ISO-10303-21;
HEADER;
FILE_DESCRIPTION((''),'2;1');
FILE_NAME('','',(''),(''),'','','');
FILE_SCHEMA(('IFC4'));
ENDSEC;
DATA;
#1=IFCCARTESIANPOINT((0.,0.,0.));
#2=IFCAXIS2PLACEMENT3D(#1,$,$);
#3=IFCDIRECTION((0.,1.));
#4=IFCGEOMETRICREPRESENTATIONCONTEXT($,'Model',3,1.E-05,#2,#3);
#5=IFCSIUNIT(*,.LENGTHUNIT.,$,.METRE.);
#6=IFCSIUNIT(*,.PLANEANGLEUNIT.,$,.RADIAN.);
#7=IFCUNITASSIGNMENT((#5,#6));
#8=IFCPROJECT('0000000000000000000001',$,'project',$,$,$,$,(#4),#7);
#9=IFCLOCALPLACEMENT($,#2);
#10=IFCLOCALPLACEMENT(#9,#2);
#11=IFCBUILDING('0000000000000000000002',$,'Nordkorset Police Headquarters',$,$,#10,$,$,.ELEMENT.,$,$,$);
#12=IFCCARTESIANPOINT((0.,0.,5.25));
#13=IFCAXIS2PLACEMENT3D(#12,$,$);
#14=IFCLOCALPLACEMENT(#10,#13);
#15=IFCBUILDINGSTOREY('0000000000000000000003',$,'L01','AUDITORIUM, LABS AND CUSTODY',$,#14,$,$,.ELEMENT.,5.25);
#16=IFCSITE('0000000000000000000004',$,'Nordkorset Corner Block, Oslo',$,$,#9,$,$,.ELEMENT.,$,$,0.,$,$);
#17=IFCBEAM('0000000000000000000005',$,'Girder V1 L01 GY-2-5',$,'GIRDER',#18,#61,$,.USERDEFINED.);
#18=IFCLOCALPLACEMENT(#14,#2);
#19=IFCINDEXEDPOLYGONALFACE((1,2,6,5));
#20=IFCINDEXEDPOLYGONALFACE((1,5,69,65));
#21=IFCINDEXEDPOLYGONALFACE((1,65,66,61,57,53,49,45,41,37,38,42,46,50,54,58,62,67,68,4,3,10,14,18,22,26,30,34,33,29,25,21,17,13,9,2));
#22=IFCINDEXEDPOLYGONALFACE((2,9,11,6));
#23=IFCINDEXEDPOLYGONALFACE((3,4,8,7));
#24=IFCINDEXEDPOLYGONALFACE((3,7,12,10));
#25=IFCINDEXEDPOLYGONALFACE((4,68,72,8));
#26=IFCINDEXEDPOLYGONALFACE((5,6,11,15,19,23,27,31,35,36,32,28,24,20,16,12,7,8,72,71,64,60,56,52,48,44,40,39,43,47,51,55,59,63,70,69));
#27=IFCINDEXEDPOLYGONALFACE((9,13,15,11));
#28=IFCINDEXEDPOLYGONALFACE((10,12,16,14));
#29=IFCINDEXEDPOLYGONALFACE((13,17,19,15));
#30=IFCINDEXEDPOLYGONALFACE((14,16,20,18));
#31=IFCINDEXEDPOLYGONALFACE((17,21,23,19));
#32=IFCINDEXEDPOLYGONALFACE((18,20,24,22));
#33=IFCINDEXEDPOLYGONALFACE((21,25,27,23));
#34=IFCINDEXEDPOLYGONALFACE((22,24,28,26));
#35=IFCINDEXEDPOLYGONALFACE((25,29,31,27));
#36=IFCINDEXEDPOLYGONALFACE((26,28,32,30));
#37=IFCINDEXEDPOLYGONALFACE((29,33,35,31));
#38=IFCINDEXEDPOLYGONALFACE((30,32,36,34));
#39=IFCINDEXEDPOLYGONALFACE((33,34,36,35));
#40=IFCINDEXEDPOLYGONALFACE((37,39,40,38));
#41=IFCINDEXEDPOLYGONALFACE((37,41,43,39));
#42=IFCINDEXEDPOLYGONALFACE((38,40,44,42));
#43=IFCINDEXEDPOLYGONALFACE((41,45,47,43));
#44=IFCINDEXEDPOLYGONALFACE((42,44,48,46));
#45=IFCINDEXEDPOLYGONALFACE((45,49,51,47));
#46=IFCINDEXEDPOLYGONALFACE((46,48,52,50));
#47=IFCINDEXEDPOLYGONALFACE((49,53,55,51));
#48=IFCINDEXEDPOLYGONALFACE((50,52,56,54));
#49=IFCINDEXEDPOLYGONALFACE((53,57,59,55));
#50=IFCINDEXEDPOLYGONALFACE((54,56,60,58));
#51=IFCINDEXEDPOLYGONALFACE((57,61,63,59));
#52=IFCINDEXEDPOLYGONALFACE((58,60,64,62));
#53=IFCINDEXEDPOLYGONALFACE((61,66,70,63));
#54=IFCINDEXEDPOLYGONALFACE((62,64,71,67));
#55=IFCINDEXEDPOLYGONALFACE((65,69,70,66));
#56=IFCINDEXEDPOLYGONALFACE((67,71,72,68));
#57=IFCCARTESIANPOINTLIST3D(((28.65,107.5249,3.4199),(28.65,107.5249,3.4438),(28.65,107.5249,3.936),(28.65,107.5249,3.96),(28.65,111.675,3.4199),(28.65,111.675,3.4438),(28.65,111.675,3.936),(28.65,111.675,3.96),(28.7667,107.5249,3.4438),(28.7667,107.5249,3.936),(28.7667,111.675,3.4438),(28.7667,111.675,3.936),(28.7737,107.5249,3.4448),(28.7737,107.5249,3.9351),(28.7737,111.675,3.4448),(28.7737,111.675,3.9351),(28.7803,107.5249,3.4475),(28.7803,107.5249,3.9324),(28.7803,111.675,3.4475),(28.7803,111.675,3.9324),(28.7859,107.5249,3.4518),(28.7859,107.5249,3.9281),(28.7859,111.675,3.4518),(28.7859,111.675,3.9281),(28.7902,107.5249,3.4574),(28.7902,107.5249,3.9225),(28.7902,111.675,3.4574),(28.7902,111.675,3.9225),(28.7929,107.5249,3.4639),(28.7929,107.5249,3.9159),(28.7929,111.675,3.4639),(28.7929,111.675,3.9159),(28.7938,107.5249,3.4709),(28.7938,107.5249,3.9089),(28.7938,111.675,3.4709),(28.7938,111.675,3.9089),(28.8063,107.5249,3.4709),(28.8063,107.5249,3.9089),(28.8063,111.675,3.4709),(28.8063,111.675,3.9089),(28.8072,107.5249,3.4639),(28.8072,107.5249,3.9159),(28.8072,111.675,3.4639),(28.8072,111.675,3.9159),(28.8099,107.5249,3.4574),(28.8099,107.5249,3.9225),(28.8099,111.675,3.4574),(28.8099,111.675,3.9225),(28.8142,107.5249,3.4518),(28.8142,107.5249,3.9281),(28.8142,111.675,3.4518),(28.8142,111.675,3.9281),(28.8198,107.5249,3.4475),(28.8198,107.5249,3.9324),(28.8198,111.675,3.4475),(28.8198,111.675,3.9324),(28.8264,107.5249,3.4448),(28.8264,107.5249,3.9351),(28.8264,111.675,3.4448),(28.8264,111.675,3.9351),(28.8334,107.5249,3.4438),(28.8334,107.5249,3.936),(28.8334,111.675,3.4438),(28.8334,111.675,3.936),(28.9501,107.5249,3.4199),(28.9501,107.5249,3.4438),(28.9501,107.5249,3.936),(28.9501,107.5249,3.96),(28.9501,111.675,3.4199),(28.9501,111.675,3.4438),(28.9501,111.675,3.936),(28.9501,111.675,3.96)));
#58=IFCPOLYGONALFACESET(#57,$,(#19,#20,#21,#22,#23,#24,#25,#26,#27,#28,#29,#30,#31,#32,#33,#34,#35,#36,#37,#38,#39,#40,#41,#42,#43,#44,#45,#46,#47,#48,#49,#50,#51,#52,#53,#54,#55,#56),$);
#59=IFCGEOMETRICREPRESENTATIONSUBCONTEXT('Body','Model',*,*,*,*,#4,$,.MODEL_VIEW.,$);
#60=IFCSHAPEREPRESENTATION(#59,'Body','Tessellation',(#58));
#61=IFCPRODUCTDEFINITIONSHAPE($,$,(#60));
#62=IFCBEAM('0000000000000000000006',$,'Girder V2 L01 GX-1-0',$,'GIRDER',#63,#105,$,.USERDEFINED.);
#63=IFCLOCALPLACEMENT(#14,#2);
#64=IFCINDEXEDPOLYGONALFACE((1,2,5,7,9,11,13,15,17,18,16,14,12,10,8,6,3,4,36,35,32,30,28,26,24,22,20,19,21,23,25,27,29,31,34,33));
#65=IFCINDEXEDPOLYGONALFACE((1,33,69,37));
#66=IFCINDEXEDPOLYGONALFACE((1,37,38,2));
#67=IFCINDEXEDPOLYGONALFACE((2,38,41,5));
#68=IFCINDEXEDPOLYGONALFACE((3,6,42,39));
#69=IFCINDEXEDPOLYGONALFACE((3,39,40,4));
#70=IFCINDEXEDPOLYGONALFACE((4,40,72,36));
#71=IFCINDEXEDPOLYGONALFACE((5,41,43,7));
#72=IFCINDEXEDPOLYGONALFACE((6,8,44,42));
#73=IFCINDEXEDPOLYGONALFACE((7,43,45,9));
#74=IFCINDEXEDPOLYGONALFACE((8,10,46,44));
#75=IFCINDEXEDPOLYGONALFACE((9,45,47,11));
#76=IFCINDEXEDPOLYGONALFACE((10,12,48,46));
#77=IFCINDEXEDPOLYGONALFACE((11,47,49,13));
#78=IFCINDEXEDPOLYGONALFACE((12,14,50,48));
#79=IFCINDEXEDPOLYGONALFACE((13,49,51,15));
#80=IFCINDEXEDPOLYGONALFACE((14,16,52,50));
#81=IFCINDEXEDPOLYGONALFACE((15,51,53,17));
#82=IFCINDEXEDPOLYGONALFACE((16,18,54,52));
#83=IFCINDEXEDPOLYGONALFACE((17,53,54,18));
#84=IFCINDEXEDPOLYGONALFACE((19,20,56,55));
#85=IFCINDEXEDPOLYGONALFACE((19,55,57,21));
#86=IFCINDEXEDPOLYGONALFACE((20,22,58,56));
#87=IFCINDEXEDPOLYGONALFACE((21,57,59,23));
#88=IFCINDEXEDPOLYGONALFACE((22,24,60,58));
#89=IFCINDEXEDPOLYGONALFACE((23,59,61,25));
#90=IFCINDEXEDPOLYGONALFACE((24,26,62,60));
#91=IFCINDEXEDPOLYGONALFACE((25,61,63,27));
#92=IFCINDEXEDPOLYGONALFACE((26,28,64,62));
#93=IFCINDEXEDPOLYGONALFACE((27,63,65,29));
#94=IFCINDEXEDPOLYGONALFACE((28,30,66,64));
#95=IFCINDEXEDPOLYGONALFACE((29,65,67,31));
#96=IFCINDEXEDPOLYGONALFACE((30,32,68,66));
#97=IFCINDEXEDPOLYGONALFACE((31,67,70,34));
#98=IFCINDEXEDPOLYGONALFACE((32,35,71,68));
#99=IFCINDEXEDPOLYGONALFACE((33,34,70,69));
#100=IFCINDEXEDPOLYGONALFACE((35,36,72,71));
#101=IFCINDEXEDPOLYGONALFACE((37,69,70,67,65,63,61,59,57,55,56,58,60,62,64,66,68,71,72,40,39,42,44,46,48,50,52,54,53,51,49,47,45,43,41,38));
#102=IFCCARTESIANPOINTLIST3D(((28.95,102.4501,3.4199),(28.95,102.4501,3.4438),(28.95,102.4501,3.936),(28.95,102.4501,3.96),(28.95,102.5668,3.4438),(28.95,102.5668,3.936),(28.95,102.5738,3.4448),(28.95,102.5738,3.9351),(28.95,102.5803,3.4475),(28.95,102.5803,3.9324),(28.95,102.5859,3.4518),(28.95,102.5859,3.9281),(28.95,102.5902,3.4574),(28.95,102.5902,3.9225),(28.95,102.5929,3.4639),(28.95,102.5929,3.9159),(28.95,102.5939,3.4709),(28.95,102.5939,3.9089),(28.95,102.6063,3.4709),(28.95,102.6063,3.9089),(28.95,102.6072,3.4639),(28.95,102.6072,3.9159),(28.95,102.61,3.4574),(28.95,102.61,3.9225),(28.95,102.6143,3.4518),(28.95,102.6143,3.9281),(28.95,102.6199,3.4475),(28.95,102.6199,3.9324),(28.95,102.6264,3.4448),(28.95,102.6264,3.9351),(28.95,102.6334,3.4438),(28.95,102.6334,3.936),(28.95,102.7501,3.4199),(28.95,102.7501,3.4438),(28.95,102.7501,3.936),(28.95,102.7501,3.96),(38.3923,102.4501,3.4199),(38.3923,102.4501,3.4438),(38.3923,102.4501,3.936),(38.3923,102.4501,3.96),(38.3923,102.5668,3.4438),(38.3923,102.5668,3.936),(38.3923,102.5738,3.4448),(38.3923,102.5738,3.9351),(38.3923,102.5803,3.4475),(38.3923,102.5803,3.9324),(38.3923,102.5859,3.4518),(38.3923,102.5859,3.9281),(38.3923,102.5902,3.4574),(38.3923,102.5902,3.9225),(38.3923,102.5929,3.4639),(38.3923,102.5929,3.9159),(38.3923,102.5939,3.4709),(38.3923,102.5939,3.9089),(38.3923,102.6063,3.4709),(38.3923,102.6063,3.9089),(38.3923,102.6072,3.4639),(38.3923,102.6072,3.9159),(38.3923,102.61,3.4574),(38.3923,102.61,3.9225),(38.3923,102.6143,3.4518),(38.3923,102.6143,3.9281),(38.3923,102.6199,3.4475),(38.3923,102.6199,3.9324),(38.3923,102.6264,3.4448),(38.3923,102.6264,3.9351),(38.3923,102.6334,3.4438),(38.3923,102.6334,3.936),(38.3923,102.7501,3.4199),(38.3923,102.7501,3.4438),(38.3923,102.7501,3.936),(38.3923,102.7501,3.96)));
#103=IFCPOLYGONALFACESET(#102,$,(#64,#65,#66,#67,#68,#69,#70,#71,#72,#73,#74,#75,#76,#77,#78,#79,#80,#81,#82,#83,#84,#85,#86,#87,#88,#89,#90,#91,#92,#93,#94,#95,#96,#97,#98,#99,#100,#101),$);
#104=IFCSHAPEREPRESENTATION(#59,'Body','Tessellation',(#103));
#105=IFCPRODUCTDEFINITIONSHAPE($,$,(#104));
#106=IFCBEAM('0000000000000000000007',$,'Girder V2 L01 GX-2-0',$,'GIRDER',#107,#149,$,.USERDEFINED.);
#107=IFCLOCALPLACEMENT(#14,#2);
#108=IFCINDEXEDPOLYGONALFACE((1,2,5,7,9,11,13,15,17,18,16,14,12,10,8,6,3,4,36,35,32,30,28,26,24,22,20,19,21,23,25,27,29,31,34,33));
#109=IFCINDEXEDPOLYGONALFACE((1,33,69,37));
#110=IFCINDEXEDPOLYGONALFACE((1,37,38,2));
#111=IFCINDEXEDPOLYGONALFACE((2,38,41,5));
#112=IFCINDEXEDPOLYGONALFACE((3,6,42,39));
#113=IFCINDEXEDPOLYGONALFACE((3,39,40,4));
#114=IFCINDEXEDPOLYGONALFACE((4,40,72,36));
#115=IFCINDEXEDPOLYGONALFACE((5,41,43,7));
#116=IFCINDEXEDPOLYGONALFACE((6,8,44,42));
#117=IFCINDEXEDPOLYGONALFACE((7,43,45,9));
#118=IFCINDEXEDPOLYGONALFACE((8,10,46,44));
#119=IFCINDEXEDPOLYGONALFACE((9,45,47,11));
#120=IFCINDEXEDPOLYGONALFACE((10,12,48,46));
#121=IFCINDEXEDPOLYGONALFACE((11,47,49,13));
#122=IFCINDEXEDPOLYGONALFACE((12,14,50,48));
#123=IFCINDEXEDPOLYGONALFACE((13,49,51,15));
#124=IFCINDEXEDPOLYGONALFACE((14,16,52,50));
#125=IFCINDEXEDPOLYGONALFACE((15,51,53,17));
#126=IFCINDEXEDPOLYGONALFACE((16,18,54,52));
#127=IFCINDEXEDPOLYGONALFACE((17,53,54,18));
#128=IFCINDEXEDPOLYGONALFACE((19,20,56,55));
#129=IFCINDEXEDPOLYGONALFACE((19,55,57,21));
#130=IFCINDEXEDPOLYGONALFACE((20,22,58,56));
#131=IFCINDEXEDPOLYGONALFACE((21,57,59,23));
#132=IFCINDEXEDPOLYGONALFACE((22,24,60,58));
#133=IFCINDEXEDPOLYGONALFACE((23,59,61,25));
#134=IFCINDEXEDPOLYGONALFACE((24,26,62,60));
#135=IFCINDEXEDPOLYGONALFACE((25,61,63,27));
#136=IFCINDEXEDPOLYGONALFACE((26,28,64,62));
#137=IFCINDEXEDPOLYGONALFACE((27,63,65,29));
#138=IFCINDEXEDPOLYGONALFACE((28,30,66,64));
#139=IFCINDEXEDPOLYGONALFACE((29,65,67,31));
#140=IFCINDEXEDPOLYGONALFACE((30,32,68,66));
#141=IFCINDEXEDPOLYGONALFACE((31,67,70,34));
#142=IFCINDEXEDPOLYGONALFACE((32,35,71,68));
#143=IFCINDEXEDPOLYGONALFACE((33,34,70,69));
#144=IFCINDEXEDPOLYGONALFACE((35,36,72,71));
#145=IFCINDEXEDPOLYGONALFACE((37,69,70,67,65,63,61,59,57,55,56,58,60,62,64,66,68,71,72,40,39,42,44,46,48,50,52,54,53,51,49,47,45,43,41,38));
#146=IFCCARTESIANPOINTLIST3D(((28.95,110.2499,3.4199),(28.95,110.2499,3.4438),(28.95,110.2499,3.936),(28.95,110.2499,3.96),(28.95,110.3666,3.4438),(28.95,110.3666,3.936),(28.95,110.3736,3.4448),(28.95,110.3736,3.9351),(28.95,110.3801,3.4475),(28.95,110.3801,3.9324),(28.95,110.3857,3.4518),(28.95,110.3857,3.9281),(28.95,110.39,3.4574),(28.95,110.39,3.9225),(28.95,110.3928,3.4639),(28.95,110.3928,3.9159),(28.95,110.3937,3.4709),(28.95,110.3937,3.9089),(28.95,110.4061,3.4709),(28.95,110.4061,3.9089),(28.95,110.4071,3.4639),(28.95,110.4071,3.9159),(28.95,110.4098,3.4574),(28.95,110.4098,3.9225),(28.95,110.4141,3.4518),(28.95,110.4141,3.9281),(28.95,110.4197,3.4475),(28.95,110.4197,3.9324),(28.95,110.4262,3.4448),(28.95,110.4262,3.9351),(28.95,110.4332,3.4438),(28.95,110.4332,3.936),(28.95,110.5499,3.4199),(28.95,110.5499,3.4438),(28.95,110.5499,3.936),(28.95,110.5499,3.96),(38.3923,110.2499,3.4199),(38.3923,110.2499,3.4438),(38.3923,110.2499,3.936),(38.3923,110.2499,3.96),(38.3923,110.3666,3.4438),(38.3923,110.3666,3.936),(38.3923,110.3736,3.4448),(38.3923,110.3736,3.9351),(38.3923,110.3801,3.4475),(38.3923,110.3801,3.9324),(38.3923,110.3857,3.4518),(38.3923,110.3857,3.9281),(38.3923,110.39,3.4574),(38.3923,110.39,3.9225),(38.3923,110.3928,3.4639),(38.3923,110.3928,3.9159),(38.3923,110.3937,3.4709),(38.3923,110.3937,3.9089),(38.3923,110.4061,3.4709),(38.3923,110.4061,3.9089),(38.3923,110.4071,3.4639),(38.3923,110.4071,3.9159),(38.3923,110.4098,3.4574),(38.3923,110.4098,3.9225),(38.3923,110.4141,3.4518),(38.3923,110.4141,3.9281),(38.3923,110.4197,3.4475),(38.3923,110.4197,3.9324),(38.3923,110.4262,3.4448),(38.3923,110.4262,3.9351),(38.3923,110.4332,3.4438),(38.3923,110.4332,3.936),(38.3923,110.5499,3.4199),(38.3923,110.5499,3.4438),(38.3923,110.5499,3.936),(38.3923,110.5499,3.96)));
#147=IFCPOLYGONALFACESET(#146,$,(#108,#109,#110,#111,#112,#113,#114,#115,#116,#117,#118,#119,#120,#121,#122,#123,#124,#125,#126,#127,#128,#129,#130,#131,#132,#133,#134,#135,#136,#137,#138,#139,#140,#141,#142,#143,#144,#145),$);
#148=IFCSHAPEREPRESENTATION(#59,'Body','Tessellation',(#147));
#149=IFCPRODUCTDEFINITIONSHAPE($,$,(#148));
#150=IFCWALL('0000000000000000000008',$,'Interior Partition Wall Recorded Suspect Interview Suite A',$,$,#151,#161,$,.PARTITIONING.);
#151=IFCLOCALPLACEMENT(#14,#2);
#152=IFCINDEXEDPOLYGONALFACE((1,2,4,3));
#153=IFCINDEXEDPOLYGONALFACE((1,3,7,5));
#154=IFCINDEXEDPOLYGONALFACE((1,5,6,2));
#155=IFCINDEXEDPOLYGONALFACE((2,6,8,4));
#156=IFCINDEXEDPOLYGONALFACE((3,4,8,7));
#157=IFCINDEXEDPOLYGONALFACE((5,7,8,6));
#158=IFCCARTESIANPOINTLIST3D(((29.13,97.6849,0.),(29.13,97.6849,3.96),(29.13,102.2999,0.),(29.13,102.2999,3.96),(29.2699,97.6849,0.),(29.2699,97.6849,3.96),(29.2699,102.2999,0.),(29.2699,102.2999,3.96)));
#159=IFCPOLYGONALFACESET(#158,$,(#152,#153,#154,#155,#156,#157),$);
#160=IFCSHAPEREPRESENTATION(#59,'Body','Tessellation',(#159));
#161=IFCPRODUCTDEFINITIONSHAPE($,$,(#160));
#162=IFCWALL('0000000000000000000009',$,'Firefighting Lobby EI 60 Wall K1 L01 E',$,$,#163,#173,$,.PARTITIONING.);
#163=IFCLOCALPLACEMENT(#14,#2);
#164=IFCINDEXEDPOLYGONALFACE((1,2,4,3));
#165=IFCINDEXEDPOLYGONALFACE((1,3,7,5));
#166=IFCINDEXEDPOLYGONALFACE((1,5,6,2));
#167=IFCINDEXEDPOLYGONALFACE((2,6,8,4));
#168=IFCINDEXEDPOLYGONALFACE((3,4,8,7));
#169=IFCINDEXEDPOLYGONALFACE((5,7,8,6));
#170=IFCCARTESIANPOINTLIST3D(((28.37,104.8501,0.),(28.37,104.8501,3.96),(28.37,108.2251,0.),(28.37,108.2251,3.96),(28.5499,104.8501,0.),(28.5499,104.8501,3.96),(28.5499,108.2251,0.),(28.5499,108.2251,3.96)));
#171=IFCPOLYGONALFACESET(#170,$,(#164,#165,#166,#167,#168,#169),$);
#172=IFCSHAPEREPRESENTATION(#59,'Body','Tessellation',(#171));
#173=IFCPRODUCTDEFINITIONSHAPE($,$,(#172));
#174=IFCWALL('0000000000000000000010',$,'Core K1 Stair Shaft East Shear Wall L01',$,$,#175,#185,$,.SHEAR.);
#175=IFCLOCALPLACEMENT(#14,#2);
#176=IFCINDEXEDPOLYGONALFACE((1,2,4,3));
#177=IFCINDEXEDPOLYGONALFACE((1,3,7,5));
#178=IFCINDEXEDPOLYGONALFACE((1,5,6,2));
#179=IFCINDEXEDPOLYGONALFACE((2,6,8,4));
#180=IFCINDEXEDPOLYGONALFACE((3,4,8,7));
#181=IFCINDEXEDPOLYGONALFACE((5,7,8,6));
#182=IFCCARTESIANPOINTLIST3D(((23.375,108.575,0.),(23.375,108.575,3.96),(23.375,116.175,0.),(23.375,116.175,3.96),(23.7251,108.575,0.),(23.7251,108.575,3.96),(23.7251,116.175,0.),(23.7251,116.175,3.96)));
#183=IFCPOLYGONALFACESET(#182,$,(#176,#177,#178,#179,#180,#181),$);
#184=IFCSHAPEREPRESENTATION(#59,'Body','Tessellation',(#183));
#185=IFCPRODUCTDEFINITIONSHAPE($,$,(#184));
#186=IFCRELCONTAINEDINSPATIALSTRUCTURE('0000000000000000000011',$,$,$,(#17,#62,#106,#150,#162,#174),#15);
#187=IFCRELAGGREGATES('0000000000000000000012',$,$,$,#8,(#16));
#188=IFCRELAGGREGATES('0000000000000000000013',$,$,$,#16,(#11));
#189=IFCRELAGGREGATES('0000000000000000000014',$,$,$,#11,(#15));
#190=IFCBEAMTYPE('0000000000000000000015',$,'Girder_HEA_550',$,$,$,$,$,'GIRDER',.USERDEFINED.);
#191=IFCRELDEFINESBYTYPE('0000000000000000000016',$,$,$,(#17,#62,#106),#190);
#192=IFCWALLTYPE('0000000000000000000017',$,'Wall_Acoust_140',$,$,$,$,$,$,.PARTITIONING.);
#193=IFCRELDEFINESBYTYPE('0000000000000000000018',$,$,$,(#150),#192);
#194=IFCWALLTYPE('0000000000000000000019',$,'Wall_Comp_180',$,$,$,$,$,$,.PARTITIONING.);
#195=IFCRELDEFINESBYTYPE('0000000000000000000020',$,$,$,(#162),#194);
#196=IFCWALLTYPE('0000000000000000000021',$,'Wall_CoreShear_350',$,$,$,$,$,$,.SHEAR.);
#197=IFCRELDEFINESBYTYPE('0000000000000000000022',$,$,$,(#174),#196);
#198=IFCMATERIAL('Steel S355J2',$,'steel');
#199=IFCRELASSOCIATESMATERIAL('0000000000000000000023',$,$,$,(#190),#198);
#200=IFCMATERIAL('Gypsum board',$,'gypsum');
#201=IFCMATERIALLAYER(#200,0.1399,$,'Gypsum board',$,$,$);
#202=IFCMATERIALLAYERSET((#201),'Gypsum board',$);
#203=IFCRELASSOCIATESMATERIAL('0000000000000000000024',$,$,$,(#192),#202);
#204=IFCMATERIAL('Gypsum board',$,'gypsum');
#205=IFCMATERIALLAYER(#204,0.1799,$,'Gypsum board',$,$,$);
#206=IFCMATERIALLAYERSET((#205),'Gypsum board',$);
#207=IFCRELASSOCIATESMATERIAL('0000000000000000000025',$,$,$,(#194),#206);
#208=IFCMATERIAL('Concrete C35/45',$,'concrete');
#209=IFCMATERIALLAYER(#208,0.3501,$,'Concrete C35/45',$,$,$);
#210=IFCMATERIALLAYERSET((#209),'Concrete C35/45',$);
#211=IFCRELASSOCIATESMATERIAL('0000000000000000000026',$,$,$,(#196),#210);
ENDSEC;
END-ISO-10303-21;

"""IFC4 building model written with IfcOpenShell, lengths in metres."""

from ifc_helpers import new_model, si_unit, direction, frame, frame_2d, origin, origin_2d, place, context, subcontext, project, spatial, rectangle, i_section, extrude, material, layer, layer_set, material_profile, profile_set, type_object, element, save


model = new_model("IFC4")

# Units and contexts
model_context = context("Model", 3, precision=1e-05, world=origin(), true_north=direction((0.0, 1.0)))
body_context = subcontext(model_context, "Body", "Model", "MODEL_VIEW")
ifc_project = project(units=[si_unit("LENGTHUNIT", "METRE"), si_unit("PLANEANGLEUNIT", "RADIAN")], contexts=[model_context])

# Site, building, storey
site_placement = place(None, origin())
site = spatial("IfcSite", under=ifc_project, at=site_placement, Name="Nordkorset Corner Block, Oslo", CompositionType="ELEMENT", RefElevation=0.0)
building_placement = place(site_placement, origin())
building = spatial("IfcBuilding", under=site, at=building_placement, Name="Nordkorset Police Headquarters", CompositionType="ELEMENT")
storey_placement = place(building_placement, frame((0.0, 0.0, 5.25)))
storey = spatial("IfcBuildingStorey", under=building, at=storey_placement, Name="L01", Description="AUDITORIUM, LABS AND CUSTODY", CompositionType="ELEMENT", Elevation=5.25)

# Beams
ifc_material_1 = material(Name="Steel S355J2", Category="steel")
ifc_material_profile_1 = material_profile(ifc_material_1, i_section(OverallWidth=0.3, OverallDepth=0.54, WebThickness=0.0125, FlangeThickness=0.0239, FilletRadius=0.0271, at=origin_2d()), Name="HEA 550")
ifc_profile_set_1 = profile_set([ifc_material_profile_1], Name="Steel S355J2")
beam_type_1 = type_object("IfcBeamType", Name="Girder_HEA_550", ElementType="GIRDER", PredefinedType="USERDEFINED", material=ifc_profile_set_1)
beam_placement = place(storey_placement, frame((28.8, 107.5249, 3.6899), z_axis=(0.0, 1.0, 0.0), x_axis=(-1.0, 0.0, 0.0)))
element("IfcBeam", 1, at=beam_placement, inside=storey, type_object=beam_type_1, Name="Girder V1 L01 GY-2-5", ObjectType="GIRDER", PredefinedType="USERDEFINED", context=body_context, shape_type="SweptSolid", body=[
    extrude(i_section(OverallWidth=0.3, OverallDepth=0.54, WebThickness=0.0125, FlangeThickness=0.0239, FilletRadius=0.0271, at=origin_2d()), origin(), (0.0, 0.0, 1.0), 4.1501),
])
for number, where, z_axis, x_axis, name in (
    (2, (28.95, 102.6001, 3.6899), (1.0, 0.0, 0.0), (0.0, 1.0, 0.0), "Girder V2 L01 GX-1-0"),
    (3, (28.95, 110.3999, 3.6899), (1.0, 0.0, 0.0), (0.0, 1.0, 0.0), "Girder V2 L01 GX-2-0"),
):
    element("IfcBeam", number, at=place(storey_placement, frame(where, z_axis=z_axis, x_axis=x_axis)), inside=storey, type_object=beam_type_1, Name=name, ObjectType="GIRDER", PredefinedType="USERDEFINED", context=body_context, shape_type="SweptSolid", body=[
        extrude(i_section(OverallWidth=0.3, OverallDepth=0.54, WebThickness=0.0125, FlangeThickness=0.0239, FilletRadius=0.0271, at=origin_2d()), origin(), (0.0, 0.0, 1.0), 9.4424),
    ])

# Walls
ifc_material_2 = material(Name="Gypsum board", Category="gypsum")
ifc_layer_1 = layer(ifc_material_2, 0.1399, Name="Gypsum board")
ifc_layer_set_1 = layer_set([ifc_layer_1], Name="Gypsum board")
wall_type_1 = type_object("IfcWallType", Name="Wall_Acoust_140", PredefinedType="PARTITIONING", material=ifc_layer_set_1)
wall_1_placement = place(storey_placement, frame((29.2, 102.3, 0.0), z_axis=(0.0, 0.0, 1.0), x_axis=(0.0, -1.0, 0.0)))
element("IfcWall", 4, at=wall_1_placement, inside=storey, type_object=wall_type_1, Name="Interior Partition Wall Recorded Suspect Interview Suite A", PredefinedType="PARTITIONING", context=body_context, shape_type="SweptSolid", body=[
    extrude(rectangle(XDim=4.615, YDim=0.1399, at=frame_2d((2.3076, 0.0))), origin(), (0.0, 0.0, 1.0), 3.96),
])
ifc_material_3 = material(Name="Gypsum board", Category="gypsum")
ifc_layer_2 = layer(ifc_material_3, 0.1799, Name="Gypsum board")
ifc_layer_set_2 = layer_set([ifc_layer_2], Name="Gypsum board")
wall_type_2 = type_object("IfcWallType", Name="Wall_Comp_180", PredefinedType="PARTITIONING", material=ifc_layer_set_2)
wall_2_placement = place(storey_placement, frame((28.46, 104.8501, 0.0), z_axis=(0.0, 0.0, 1.0), x_axis=(0.0, 1.0, 0.0)))
element("IfcWall", 5, at=wall_2_placement, inside=storey, type_object=wall_type_2, Name="Firefighting Lobby EI 60 Wall K1 L01 E", PredefinedType="PARTITIONING", context=body_context, shape_type="SweptSolid", body=[
    extrude(rectangle(XDim=3.375, YDim=0.1799, at=frame_2d((1.6875, 0.0))), origin(), (0.0, 0.0, 1.0), 3.96),
])
ifc_material_4 = material(Name="Concrete C35/45", Category="concrete")
ifc_layer_3 = layer(ifc_material_4, 0.3501, Name="Concrete C35/45")
ifc_layer_set_3 = layer_set([ifc_layer_3], Name="Concrete C35/45")
wall_type_3 = type_object("IfcWallType", Name="Wall_CoreShear_350", PredefinedType="SHEAR", material=ifc_layer_set_3)
wall_3_placement = place(storey_placement, frame((23.55, 108.575, 0.0), z_axis=(0.0, 0.0, 1.0), x_axis=(0.0, 1.0, 0.0)))
element("IfcWall", 6, at=wall_3_placement, inside=storey, type_object=wall_type_3, Name="Core K1 Stair Shaft East Shear Wall L01", PredefinedType="SHEAR", context=body_context, shape_type="SweptSolid", body=[
    extrude(rectangle(XDim=7.6001, YDim=0.3501, at=frame_2d((3.8, 0.0))), origin(), (0.0, 0.0, 1.0), 3.96),
])

save(model, "model.ifc")
